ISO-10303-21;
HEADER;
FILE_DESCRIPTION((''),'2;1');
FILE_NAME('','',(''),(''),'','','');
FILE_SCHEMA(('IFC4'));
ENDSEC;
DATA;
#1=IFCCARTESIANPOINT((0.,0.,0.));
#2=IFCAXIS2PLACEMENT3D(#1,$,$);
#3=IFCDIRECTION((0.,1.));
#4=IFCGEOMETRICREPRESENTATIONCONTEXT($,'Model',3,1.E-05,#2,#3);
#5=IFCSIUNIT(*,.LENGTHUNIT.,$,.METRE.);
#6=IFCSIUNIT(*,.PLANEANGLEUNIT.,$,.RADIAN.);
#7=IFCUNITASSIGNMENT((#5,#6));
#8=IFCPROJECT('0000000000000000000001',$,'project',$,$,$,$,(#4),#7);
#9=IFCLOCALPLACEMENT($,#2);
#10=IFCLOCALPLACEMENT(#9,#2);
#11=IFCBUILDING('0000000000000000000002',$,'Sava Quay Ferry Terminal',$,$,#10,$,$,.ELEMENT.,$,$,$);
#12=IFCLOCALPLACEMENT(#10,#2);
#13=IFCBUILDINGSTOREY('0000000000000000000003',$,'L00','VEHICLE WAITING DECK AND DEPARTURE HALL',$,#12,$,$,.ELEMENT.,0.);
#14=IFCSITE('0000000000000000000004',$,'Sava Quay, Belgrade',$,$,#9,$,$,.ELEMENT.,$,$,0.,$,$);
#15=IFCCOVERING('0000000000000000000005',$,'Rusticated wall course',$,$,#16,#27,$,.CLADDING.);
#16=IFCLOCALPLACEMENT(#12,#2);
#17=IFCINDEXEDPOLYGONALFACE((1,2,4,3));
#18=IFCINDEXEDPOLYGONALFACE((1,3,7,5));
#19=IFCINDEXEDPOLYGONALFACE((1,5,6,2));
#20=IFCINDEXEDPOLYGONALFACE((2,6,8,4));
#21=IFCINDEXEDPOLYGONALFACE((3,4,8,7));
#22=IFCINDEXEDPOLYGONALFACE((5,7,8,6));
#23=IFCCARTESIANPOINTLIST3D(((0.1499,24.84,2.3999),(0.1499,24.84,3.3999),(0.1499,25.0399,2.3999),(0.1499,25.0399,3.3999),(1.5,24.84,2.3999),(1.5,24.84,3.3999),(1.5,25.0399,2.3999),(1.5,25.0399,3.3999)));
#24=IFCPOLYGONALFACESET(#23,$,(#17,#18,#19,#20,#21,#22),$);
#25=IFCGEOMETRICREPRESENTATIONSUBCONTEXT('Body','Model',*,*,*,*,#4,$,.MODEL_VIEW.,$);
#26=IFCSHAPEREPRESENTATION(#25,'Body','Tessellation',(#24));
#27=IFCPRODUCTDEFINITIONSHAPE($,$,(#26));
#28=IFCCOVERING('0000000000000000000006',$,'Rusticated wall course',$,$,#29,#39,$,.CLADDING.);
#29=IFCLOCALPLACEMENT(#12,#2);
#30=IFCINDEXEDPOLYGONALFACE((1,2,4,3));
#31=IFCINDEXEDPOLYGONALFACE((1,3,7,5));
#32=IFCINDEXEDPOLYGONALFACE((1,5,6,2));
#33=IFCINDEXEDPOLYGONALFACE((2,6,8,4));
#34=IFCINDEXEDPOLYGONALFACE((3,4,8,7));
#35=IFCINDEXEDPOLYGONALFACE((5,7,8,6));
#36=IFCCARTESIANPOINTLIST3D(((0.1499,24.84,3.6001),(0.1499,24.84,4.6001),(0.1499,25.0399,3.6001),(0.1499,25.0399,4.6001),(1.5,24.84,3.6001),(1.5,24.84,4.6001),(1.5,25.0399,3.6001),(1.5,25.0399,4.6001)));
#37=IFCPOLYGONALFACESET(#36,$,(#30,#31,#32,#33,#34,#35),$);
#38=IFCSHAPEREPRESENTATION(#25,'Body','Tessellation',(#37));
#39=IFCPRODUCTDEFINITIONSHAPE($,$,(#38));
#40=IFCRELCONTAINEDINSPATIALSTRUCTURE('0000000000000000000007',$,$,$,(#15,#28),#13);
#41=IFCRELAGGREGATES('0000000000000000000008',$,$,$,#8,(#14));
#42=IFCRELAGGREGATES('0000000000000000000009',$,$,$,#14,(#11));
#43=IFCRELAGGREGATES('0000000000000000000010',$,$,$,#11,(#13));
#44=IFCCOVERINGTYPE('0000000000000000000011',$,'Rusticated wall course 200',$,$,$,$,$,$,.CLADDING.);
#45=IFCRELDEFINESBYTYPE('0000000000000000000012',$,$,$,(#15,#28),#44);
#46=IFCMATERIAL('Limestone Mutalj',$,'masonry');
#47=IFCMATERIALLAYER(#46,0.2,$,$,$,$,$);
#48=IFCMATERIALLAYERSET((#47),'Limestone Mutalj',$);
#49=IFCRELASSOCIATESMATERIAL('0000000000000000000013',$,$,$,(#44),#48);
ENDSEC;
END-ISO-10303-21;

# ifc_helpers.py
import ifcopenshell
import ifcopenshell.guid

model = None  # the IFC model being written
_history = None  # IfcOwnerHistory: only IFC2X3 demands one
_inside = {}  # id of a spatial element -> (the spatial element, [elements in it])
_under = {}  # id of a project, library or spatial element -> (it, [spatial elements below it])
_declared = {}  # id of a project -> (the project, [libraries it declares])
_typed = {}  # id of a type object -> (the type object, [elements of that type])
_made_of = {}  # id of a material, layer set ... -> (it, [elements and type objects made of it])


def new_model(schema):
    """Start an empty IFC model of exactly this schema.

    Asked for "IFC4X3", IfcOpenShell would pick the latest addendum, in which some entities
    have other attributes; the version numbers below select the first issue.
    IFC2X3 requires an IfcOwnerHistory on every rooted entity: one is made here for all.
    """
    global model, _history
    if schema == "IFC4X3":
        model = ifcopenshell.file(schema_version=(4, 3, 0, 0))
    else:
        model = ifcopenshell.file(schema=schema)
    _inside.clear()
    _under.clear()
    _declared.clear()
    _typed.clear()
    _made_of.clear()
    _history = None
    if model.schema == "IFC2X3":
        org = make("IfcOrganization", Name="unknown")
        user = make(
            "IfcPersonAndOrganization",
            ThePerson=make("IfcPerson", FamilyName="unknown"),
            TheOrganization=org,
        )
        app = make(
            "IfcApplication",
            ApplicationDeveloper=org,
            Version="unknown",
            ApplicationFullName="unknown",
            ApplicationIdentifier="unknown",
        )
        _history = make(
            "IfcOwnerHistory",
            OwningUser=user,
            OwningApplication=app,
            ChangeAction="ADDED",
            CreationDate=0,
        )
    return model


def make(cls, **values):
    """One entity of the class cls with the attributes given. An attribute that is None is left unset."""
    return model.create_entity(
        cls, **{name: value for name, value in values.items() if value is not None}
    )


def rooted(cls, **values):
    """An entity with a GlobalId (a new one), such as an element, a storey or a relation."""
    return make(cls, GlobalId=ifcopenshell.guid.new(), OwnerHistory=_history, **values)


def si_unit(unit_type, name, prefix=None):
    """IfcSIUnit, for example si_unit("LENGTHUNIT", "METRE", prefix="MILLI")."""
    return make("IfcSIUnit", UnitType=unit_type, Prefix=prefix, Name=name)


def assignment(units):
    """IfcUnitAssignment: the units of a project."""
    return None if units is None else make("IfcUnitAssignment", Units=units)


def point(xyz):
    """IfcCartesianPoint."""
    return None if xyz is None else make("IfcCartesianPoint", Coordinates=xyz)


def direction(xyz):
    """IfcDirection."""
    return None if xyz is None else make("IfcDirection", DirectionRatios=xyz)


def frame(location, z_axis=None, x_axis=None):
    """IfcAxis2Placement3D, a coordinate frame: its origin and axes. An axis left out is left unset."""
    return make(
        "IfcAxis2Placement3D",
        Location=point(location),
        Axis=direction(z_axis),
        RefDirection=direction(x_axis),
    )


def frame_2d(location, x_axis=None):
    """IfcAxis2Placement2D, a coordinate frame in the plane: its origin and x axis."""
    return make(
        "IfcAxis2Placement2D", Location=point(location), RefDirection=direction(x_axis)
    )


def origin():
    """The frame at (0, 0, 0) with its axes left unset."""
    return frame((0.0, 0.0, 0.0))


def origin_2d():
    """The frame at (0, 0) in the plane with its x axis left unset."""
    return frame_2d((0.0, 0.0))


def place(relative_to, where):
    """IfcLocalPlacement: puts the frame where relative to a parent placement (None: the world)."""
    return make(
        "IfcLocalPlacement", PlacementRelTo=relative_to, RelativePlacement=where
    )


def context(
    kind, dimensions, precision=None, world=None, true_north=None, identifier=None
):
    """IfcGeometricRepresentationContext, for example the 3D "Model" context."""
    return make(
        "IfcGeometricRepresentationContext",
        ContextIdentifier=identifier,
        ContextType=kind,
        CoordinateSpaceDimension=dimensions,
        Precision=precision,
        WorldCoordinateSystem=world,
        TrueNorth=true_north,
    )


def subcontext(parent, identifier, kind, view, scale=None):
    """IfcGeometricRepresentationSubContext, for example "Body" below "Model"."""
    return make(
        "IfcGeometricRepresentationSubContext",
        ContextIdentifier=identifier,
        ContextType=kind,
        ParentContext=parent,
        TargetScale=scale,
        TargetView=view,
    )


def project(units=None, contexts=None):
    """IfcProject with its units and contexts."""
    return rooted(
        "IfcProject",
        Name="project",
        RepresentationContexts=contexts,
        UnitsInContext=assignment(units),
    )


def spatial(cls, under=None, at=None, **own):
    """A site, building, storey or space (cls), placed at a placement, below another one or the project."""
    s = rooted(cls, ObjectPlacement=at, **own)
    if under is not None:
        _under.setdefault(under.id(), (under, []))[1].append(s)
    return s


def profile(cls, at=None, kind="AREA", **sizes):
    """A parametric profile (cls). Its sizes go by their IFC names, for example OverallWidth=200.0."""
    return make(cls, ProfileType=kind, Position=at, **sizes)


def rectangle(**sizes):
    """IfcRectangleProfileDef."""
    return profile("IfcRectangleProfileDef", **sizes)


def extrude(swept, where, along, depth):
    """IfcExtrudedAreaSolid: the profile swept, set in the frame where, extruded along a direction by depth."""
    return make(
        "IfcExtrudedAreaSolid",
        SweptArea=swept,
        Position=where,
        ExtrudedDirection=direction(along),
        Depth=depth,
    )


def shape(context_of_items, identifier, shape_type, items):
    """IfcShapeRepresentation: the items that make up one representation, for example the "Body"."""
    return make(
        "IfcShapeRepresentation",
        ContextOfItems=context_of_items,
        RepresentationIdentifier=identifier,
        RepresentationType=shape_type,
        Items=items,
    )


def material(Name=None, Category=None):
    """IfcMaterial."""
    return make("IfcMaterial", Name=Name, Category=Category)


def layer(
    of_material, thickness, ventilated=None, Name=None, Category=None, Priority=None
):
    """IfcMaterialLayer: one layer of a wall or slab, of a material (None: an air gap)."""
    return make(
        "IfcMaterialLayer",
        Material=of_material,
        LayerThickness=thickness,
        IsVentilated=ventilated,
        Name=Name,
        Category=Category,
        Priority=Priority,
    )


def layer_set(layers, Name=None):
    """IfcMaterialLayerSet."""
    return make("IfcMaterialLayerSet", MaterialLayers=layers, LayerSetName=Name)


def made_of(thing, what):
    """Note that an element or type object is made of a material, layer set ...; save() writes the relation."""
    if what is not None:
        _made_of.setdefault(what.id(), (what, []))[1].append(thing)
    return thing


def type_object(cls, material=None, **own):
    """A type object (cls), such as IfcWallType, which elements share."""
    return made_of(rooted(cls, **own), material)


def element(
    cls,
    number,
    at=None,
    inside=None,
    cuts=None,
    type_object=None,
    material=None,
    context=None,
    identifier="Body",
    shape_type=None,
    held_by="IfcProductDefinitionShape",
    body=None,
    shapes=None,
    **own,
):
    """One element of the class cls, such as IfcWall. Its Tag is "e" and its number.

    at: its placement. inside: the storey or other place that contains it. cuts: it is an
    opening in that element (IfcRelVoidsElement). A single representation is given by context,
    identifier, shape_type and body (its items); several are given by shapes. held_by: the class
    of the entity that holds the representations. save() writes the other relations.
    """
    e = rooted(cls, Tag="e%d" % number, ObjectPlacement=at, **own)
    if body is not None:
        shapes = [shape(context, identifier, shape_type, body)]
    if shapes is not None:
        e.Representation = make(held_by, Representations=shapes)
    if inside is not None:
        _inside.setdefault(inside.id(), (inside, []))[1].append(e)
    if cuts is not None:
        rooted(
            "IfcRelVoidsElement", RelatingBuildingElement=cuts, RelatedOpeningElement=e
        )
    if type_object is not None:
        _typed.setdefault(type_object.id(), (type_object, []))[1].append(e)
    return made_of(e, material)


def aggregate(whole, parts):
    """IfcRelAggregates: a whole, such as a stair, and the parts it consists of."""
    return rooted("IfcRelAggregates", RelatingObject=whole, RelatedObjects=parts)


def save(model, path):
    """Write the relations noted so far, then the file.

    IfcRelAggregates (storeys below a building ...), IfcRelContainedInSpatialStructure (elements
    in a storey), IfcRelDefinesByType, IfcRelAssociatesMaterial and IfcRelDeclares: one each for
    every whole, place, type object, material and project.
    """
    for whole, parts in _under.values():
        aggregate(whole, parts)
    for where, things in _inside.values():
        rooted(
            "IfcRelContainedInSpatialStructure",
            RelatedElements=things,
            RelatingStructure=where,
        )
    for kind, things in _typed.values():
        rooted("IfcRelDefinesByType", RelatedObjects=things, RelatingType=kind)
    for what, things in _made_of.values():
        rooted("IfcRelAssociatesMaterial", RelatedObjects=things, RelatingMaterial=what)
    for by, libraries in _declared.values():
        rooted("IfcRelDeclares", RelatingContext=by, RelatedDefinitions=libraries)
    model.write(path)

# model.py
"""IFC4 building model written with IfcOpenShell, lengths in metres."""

from ifc_helpers import new_model, si_unit, direction, frame, origin, origin_2d, place, context, subcontext, project, spatial, rectangle, extrude, material, layer, layer_set, type_object, element, save


model = new_model("IFC4")

# Units and contexts
model_context = context("Model", 3, precision=1e-05, world=origin(), true_north=direction((0.0, 1.0)))
body_context = subcontext(model_context, "Body", "Model", "MODEL_VIEW")
ifc_project = project(units=[si_unit("LENGTHUNIT", "METRE"), si_unit("PLANEANGLEUNIT", "RADIAN")], contexts=[model_context])

# Site, building, storey
site_placement = place(None, origin())
site = spatial("IfcSite", under=ifc_project, at=site_placement, Name="Sava Quay, Belgrade", CompositionType="ELEMENT", RefElevation=0.0)
building_placement = place(site_placement, origin())
building = spatial("IfcBuilding", under=site, at=building_placement, Name="Sava Quay Ferry Terminal", CompositionType="ELEMENT")
storey_placement = place(building_placement, origin())
storey = spatial("IfcBuildingStorey", under=building, at=storey_placement, Name="L00", Description="VEHICLE WAITING DECK AND DEPARTURE HALL", CompositionType="ELEMENT", Elevation=0.0)

# Coverings
ifc_material_1 = material(Name="Limestone Mutalj", Category="masonry")
ifc_layer_1 = layer(ifc_material_1, 0.2)
ifc_layer_set_1 = layer_set([ifc_layer_1], Name="Limestone Mutalj")
covering_type_1 = type_object("IfcCoveringType", Name="Rusticated wall course 200", PredefinedType="CLADDING", material=ifc_layer_set_1)
for number, where, z_axis, x_axis, name in (
    (1, (0.825, 24.9399, 2.3999), (0.0, 0.0, 1.0), (1.0, 0.0, 0.0), "Rusticated wall course"),
    (2, (0.825, 24.9399, 3.6001), (0.0, 0.0, 1.0), (1.0, 0.0, 0.0), "Rusticated wall course"),
):
    element("IfcCovering", number, at=place(storey_placement, frame(where, z_axis=z_axis, x_axis=x_axis)), inside=storey, type_object=covering_type_1, Name=name, PredefinedType="CLADDING", context=body_context, shape_type="SweptSolid", body=[
        extrude(rectangle(XDim=1.3501, YDim=0.2, at=origin_2d()), origin(), (0.0, 0.0, 1.0), 1.0),
    ])

save(model, "model.ifc")
